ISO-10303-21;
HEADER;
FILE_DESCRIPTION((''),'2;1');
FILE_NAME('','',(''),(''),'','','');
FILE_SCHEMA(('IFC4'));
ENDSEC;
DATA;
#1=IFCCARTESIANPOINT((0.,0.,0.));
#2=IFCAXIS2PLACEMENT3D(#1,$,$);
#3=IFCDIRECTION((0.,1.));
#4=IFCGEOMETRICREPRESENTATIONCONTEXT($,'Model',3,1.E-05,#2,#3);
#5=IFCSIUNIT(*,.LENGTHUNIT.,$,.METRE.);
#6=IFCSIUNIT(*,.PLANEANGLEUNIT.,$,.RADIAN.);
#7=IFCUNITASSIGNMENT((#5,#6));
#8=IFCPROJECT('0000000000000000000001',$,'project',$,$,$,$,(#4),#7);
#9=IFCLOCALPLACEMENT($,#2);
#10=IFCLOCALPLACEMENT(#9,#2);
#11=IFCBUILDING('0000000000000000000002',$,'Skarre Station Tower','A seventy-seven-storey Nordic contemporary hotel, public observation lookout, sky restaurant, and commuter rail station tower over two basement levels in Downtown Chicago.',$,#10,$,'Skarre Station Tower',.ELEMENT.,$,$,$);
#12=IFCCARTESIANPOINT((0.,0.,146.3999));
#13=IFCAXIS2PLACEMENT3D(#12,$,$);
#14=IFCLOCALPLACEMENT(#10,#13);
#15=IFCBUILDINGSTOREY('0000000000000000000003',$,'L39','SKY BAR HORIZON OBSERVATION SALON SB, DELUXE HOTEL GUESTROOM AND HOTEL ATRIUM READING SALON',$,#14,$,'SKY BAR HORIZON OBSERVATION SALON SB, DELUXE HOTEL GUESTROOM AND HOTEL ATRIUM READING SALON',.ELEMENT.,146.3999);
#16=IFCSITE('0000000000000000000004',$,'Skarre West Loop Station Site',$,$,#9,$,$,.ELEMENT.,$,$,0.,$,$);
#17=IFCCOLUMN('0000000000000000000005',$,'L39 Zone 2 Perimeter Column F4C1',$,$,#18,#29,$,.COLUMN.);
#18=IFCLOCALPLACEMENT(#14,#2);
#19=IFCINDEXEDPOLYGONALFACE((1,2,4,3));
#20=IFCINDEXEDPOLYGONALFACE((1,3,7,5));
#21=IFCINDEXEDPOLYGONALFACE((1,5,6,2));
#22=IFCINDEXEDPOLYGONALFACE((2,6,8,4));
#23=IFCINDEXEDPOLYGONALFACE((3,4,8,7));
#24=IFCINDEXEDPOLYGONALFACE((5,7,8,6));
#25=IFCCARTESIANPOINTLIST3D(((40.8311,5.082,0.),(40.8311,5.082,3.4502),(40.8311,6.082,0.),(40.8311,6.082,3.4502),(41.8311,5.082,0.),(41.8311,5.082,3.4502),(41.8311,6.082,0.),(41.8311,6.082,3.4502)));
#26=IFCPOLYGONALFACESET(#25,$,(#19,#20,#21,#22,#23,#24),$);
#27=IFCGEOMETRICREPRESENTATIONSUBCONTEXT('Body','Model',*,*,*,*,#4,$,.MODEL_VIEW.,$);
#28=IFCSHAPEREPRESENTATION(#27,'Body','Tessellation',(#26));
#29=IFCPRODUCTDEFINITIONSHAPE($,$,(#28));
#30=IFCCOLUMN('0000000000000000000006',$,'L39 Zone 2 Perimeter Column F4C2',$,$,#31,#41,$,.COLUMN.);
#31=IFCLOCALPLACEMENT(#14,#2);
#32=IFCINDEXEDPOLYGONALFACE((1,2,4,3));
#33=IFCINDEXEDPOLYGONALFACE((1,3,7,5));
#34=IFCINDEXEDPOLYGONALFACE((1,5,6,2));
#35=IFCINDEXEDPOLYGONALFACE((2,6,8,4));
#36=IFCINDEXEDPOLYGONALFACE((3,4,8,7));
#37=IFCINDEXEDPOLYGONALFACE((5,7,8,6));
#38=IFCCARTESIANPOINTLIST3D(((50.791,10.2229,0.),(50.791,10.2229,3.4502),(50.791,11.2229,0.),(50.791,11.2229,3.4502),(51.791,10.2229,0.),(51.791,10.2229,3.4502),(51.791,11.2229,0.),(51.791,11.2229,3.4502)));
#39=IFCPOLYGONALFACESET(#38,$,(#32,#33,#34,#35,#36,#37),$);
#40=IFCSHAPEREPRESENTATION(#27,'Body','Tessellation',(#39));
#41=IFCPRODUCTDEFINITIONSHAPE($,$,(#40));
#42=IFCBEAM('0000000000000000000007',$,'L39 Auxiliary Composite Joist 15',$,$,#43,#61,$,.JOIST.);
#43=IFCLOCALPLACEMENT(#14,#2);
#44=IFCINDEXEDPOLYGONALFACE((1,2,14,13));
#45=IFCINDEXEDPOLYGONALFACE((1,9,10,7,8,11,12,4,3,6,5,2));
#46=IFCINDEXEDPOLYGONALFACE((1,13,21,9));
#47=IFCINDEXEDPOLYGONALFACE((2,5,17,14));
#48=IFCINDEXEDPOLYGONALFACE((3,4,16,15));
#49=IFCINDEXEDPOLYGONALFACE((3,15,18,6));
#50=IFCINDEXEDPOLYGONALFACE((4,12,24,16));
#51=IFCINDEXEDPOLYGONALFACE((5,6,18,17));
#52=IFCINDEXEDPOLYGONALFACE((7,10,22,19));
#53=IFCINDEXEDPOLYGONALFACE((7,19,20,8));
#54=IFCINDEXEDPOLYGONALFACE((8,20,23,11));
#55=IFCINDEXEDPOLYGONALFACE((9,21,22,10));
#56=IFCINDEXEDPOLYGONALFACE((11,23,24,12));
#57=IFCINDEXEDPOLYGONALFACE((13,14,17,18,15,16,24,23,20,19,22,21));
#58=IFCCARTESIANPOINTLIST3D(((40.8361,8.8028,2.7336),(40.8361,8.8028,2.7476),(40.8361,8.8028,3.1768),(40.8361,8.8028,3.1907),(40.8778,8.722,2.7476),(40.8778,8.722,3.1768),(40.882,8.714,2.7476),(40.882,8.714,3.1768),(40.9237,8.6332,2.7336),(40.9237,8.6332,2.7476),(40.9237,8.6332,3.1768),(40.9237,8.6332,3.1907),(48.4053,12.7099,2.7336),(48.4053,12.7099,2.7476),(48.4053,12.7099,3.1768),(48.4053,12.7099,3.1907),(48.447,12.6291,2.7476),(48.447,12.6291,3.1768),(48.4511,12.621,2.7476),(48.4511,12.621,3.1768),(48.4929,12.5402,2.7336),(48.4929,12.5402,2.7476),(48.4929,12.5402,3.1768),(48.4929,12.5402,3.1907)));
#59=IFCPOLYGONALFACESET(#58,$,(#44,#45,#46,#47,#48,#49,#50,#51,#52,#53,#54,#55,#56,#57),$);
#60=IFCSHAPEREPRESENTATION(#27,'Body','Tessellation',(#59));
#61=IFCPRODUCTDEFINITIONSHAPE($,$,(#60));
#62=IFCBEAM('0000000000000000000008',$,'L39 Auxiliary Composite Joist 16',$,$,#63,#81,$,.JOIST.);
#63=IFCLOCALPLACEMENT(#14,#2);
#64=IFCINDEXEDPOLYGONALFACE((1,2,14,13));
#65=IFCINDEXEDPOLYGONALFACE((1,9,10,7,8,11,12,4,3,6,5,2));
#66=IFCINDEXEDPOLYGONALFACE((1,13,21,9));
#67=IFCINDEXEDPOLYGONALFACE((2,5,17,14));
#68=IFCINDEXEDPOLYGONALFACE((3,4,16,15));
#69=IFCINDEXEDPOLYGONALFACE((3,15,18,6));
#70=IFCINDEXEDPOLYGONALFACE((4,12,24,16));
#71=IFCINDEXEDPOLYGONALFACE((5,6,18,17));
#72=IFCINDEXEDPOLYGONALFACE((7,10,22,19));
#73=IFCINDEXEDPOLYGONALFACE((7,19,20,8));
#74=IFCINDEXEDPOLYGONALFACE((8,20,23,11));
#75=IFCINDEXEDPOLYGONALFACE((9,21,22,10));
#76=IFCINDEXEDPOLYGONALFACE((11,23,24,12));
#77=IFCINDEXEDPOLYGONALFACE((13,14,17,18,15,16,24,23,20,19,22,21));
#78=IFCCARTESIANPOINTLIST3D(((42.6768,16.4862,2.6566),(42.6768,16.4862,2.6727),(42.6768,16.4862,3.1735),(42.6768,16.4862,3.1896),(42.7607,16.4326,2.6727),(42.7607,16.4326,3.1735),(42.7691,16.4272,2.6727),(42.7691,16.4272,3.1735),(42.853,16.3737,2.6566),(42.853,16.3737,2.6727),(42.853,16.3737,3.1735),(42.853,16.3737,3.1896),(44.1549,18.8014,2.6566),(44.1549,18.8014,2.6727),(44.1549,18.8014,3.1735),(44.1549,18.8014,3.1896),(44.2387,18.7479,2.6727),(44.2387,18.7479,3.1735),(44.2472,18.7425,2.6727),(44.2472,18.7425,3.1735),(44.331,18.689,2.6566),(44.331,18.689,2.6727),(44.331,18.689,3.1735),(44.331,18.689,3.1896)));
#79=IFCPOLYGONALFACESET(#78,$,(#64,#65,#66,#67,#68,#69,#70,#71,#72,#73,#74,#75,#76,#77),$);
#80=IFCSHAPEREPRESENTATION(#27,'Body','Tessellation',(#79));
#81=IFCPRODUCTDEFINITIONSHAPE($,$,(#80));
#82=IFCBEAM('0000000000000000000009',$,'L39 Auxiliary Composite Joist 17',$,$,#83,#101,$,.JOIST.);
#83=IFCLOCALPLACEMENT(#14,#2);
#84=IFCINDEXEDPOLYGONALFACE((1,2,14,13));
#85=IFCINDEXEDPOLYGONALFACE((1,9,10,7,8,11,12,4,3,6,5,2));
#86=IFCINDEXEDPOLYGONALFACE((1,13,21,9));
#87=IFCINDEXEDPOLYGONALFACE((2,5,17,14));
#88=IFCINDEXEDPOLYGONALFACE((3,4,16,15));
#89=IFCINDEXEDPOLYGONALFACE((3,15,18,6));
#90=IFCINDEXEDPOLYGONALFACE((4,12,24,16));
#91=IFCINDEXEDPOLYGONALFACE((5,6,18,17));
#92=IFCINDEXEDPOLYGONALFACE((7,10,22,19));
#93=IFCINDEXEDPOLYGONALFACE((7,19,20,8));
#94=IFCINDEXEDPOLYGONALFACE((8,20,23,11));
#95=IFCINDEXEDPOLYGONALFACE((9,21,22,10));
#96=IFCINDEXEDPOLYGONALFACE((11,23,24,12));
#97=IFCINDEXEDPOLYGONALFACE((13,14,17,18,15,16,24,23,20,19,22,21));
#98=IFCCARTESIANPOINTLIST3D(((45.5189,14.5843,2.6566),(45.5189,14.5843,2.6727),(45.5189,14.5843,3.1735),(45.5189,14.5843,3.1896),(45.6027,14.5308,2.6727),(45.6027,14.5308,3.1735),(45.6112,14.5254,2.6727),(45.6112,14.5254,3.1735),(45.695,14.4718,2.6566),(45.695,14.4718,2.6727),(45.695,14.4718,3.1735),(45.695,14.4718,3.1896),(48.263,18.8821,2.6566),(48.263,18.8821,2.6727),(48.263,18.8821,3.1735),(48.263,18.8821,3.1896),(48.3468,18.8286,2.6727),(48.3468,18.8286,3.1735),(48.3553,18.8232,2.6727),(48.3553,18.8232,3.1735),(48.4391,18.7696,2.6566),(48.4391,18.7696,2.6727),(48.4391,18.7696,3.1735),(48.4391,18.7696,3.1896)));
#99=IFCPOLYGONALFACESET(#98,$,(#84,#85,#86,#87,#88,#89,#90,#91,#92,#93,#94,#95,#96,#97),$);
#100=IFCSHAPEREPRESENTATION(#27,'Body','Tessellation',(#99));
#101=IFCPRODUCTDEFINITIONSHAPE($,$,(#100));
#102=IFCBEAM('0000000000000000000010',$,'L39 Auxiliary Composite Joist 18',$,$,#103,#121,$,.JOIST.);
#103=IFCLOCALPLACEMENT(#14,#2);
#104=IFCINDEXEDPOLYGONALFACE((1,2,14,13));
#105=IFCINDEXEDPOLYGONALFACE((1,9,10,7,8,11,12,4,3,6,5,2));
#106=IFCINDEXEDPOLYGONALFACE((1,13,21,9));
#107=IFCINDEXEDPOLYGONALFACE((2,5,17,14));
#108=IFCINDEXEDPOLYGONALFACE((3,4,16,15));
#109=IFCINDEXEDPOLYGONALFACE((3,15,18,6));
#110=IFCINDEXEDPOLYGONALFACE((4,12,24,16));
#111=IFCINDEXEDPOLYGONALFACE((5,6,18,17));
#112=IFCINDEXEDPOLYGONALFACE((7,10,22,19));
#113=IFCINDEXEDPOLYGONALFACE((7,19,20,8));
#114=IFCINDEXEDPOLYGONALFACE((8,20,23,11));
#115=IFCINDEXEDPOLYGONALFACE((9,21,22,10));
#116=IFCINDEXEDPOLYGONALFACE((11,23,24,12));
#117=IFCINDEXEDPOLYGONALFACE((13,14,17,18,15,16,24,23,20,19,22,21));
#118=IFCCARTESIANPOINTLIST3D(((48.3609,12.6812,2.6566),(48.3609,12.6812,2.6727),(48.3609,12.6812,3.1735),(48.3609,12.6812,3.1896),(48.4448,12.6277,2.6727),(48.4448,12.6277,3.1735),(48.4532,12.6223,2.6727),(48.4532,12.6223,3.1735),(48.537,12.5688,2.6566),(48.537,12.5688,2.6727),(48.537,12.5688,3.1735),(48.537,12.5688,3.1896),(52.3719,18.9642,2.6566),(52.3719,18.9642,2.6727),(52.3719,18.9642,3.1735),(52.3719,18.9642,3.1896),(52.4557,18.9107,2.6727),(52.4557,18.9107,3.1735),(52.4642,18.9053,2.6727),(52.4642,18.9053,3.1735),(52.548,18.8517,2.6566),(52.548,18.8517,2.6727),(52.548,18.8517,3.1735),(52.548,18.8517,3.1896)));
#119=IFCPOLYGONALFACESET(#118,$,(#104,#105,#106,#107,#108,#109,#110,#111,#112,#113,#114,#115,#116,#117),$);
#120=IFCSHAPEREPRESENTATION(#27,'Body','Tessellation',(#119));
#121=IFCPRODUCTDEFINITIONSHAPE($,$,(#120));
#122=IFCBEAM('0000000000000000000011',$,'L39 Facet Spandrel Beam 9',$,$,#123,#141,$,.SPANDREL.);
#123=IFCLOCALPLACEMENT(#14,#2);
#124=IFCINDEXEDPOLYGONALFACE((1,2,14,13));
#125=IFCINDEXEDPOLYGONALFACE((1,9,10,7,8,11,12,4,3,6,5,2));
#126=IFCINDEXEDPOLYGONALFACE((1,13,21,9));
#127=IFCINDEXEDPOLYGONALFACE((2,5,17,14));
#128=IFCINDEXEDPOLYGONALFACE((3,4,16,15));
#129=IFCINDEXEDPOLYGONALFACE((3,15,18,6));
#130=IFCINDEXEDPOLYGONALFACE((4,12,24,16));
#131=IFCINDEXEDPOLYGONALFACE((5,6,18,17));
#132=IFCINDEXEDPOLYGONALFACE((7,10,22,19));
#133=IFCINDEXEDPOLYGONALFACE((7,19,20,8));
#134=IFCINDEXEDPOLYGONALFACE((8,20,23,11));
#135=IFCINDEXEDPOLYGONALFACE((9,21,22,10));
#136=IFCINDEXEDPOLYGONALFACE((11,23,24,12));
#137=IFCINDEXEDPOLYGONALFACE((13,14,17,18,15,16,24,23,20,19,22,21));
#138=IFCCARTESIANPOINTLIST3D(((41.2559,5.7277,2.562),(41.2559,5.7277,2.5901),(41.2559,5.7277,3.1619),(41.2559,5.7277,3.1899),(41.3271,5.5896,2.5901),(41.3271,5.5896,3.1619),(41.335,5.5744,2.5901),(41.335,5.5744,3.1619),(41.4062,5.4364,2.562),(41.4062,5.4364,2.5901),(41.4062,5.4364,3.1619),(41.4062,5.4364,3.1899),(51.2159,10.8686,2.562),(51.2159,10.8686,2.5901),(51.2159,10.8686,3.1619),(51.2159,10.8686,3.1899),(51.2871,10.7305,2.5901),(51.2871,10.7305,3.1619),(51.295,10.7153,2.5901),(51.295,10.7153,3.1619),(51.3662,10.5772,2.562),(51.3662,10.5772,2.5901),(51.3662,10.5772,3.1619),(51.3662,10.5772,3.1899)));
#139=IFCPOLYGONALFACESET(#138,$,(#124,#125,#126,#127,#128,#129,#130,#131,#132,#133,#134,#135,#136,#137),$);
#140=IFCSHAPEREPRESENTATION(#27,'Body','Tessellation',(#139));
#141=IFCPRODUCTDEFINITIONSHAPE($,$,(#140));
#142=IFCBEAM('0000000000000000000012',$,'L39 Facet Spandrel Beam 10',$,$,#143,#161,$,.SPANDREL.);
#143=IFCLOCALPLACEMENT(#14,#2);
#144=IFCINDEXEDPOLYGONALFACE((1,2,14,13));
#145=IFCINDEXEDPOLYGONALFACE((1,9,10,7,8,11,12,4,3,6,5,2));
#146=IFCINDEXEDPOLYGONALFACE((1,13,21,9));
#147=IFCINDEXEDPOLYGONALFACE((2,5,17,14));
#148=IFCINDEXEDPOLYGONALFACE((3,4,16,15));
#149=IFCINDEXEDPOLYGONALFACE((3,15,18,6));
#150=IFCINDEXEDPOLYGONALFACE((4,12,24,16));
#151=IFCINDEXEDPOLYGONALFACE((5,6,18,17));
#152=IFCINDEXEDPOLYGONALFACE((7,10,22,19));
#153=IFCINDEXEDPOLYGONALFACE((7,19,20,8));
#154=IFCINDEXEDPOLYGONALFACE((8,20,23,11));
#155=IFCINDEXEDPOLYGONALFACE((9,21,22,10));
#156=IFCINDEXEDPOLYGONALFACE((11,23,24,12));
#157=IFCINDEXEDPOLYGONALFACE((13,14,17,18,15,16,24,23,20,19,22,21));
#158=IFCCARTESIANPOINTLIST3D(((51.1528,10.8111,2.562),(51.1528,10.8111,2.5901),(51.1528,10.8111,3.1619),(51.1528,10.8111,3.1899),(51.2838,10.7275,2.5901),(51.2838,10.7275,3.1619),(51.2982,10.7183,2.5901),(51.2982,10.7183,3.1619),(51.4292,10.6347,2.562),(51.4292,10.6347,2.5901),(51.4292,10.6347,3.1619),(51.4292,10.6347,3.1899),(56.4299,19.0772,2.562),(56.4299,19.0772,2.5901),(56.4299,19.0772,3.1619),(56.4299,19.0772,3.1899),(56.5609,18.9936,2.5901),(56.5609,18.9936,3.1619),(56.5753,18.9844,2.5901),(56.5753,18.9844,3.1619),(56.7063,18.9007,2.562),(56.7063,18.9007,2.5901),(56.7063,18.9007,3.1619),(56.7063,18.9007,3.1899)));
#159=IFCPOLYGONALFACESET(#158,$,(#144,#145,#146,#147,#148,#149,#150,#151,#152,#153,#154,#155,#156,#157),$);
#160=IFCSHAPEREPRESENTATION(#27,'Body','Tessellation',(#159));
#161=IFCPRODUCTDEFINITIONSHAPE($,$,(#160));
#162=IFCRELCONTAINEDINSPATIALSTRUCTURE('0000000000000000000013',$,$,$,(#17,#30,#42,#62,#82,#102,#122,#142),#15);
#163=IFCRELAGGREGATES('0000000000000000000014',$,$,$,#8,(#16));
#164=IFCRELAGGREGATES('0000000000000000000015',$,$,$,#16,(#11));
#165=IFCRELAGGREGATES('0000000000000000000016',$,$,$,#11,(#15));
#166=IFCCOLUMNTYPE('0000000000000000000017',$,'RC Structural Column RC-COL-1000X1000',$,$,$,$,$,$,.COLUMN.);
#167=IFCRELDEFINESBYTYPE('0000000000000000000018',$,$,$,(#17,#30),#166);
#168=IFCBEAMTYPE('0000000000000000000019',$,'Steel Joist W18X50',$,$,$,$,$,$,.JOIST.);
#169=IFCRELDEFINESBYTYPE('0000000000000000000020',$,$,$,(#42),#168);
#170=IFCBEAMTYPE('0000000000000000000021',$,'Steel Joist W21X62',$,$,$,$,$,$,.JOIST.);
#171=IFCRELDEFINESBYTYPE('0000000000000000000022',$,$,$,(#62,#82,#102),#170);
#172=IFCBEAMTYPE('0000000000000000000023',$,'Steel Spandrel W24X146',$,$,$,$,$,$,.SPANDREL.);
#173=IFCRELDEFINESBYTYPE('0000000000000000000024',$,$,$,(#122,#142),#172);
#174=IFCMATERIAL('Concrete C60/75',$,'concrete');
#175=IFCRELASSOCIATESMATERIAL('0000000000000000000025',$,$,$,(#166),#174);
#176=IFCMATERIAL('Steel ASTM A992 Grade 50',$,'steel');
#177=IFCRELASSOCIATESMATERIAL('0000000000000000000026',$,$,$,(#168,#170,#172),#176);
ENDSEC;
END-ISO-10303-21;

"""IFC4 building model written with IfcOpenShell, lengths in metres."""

from ifc_helpers import new_model, si_unit, direction, frame, origin, origin_2d, place, context, subcontext, project, spatial, rectangle, i_section, extrude, material, material_profile, profile_set, type_object, element, save


model = new_model("IFC4")

# Units and contexts
model_context = context("Model", 3, precision=1e-05, world=origin(), true_north=direction((0.0, 1.0)))
body_context = subcontext(model_context, "Body", "Model", "MODEL_VIEW")
ifc_project = project(units=[si_unit("LENGTHUNIT", "METRE"), si_unit("PLANEANGLEUNIT", "RADIAN")], contexts=[model_context])

# Site, building, storey
site_placement = place(None, origin())
site = spatial("IfcSite", under=ifc_project, at=site_placement, Name="Skarre West Loop Station Site", CompositionType="ELEMENT", RefElevation=0.0)
building_placement = place(site_placement, origin())
building = spatial("IfcBuilding", under=site, at=building_placement, Name="Skarre Station Tower", Description="A seventy-seven-storey Nordic contemporary hotel, public observation lookout, sky restaurant, and commuter rail station tower over two basement levels in Downtown Chicago.", LongName="Skarre Station Tower", CompositionType="ELEMENT")
storey_placement = place(building_placement, frame((0.0, 0.0, 146.3999)))
storey = spatial("IfcBuildingStorey", under=building, at=storey_placement, Name="L39", Description="SKY BAR HORIZON OBSERVATION SALON SB, DELUXE HOTEL GUESTROOM AND HOTEL ATRIUM READING SALON", LongName="SKY BAR HORIZON OBSERVATION SALON SB, DELUXE HOTEL GUESTROOM AND HOTEL ATRIUM READING SALON", CompositionType="ELEMENT", Elevation=146.3999)

# Columns
ifc_material_1 = material(Name="Concrete C60/75", Category="concrete")
ifc_material_profile_1 = material_profile(ifc_material_1, rectangle(XDim=1.0, YDim=1.0, at=origin_2d()), Name="Concrete C60/75")
ifc_profile_set_1 = profile_set([ifc_material_profile_1], Name="Concrete C60/75")
column_type = type_object("IfcColumnType", Name="RC Structural Column RC-COL-1000X1000", PredefinedType="COLUMN", material=ifc_profile_set_1)
for number, where, z_axis, x_axis, name in (
    (1, (41.3311, 5.582, 0.0), (0.0, 0.0, 1.0), (1.0, 0.0, 0.0), "L39 Zone 2 Perimeter Column F4C1"),
    (2, (51.291, 10.7229, 0.0), (0.0, 0.0, 1.0), (1.0, 0.0, 0.0), "L39 Zone 2 Perimeter Column F4C2"),
):
    element("IfcColumn", number, at=place(storey_placement, frame(where, z_axis=z_axis, x_axis=x_axis)), inside=storey, type_object=column_type, Name=name, PredefinedType="COLUMN", context=body_context, shape_type="SweptSolid", body=[
        extrude(rectangle(XDim=1.0, YDim=1.0, at=origin_2d()), origin(), (0.0, 0.0, 1.0), 3.4502),
    ])

# Beams
ifc_material_2 = material(Name="Steel ASTM A992 Grade 50", Category="steel")
ifc_material_profile_2 = material_profile(ifc_material_2, i_section(OverallWidth=0.1909, OverallDepth=0.457, WebThickness=0.009, FlangeThickness=0.0139, at=origin_2d()), Name="Steel ASTM A992 Grade 50")
ifc_profile_set_2 = profile_set([ifc_material_profile_2], Name="Steel ASTM A992 Grade 50")
beam_type_1 = type_object("IfcBeamType", Name="Steel Joist W18X50", PredefinedType="JOIST", material=ifc_profile_set_2)
beam_1_placement = place(storey_placement, frame((40.8799, 8.718, 2.9622), z_axis=(0.888604, 0.458676, 0.0), x_axis=(-0.458676, 0.888604, 0.0)))
element("IfcBeam", 3, at=beam_1_placement, inside=storey, type_object=beam_type_1, Name="L39 Auxiliary Composite Joist 15", PredefinedType="JOIST", context=body_context, shape_type="SweptSolid", body=[
    extrude(i_section(OverallWidth=0.1909, OverallDepth=0.457, WebThickness=0.009, FlangeThickness=0.0139, at=origin_2d()), origin(), (0.0, 0.0, 1.0), 8.5181),
])
ifc_material_profile_3 = material_profile(ifc_material_2, i_section(OverallWidth=0.209, OverallDepth=0.533, WebThickness=0.01, FlangeThickness=0.0161, at=origin_2d()), Name="Steel ASTM A992 Grade 50")
ifc_profile_set_3 = profile_set([ifc_material_profile_3], Name="Steel ASTM A992 Grade 50")
beam_type_2 = type_object("IfcBeamType", Name="Steel Joist W21X62", PredefinedType="JOIST", material=ifc_profile_set_3)
beam_2_placement = place(storey_placement, frame((42.7649, 16.4299, 2.9231), z_axis=(0.5381, 0.842881, 0.0), x_axis=(-0.842881, 0.5381, 0.0)))
element("IfcBeam", 4, at=beam_2_placement, inside=storey, type_object=beam_type_2, Name="L39 Auxiliary Composite Joist 16", PredefinedType="JOIST", context=body_context, shape_type="SweptSolid", body=[
    extrude(i_section(OverallWidth=0.209, OverallDepth=0.533, WebThickness=0.01, FlangeThickness=0.0161, at=origin_2d()), origin(), (0.0, 0.0, 1.0), 2.7468),
])
beam_3_placement = place(storey_placement, frame((45.6069, 14.5281, 2.9231), z_axis=(0.538151, 0.842848, 0.0), x_axis=(-0.842848, 0.538151, 0.0)))
element("IfcBeam", 5, at=beam_3_placement, inside=storey, type_object=beam_type_2, Name="L39 Auxiliary Composite Joist 17", PredefinedType="JOIST", context=body_context, shape_type="SweptSolid", body=[
    extrude(i_section(OverallWidth=0.209, OverallDepth=0.533, WebThickness=0.01, FlangeThickness=0.0161, at=origin_2d()), origin(), (0.0, 0.0, 1.0), 5.0991),
])
beam_4_placement = place(storey_placement, frame((48.449, 12.625, 2.9231), z_axis=(0.538091, 0.842886, 0.0), x_axis=(-0.842886, 0.538091, 0.0)))
element("IfcBeam", 6, at=beam_4_placement, inside=storey, type_object=beam_type_2, Name="L39 Auxiliary Composite Joist 18", PredefinedType="JOIST", context=body_context, shape_type="SweptSolid", body=[
    extrude(i_section(OverallWidth=0.209, OverallDepth=0.533, WebThickness=0.01, FlangeThickness=0.0161, at=origin_2d()), origin(), (0.0, 0.0, 1.0), 7.4541),
])
ifc_material_profile_4 = material_profile(ifc_material_2, i_section(OverallWidth=0.3279, OverallDepth=0.6279, WebThickness=0.0171, FlangeThickness=0.0281, at=origin_2d()), Name="Steel ASTM A992 Grade 50")
ifc_profile_set_4 = profile_set([ifc_material_profile_4], Name="Steel ASTM A992 Grade 50")
beam_type_3 = type_object("IfcBeamType", Name="Steel Spandrel W24X146", PredefinedType="SPANDREL", material=ifc_profile_set_4)
beam_5_placement = place(storey_placement, frame((41.3311, 5.582, 2.876), z_axis=(0.888612, 0.45866, 0.0), x_axis=(-0.45866, 0.888612, 0.0)))
element("IfcBeam", 7, at=beam_5_placement, inside=storey, type_object=beam_type_3, Name="L39 Facet Spandrel Beam 9", PredefinedType="SPANDREL", context=body_context, shape_type="SweptSolid", body=[
    extrude(i_section(OverallWidth=0.3279, OverallDepth=0.6279, WebThickness=0.0171, FlangeThickness=0.0281, at=origin_2d()), origin(), (0.0, 0.0, 1.0), 11.2085),
])
beam_6_placement = place(storey_placement, frame((51.291, 10.7229, 2.876), z_axis=(0.538098, 0.842883, 0.0), x_axis=(-0.842883, 0.538098, 0.0)))
element("IfcBeam", 8, at=beam_6_placement, inside=storey, type_object=beam_type_3, Name="L39 Facet Spandrel Beam 10", PredefinedType="SPANDREL", context=body_context, shape_type="SweptSolid", body=[
    extrude(i_section(OverallWidth=0.3279, OverallDepth=0.6279, WebThickness=0.0171, FlangeThickness=0.0281, at=origin_2d()), origin(), (0.0, 0.0, 1.0), 9.8069),
])

save(model, "model.ifc")
